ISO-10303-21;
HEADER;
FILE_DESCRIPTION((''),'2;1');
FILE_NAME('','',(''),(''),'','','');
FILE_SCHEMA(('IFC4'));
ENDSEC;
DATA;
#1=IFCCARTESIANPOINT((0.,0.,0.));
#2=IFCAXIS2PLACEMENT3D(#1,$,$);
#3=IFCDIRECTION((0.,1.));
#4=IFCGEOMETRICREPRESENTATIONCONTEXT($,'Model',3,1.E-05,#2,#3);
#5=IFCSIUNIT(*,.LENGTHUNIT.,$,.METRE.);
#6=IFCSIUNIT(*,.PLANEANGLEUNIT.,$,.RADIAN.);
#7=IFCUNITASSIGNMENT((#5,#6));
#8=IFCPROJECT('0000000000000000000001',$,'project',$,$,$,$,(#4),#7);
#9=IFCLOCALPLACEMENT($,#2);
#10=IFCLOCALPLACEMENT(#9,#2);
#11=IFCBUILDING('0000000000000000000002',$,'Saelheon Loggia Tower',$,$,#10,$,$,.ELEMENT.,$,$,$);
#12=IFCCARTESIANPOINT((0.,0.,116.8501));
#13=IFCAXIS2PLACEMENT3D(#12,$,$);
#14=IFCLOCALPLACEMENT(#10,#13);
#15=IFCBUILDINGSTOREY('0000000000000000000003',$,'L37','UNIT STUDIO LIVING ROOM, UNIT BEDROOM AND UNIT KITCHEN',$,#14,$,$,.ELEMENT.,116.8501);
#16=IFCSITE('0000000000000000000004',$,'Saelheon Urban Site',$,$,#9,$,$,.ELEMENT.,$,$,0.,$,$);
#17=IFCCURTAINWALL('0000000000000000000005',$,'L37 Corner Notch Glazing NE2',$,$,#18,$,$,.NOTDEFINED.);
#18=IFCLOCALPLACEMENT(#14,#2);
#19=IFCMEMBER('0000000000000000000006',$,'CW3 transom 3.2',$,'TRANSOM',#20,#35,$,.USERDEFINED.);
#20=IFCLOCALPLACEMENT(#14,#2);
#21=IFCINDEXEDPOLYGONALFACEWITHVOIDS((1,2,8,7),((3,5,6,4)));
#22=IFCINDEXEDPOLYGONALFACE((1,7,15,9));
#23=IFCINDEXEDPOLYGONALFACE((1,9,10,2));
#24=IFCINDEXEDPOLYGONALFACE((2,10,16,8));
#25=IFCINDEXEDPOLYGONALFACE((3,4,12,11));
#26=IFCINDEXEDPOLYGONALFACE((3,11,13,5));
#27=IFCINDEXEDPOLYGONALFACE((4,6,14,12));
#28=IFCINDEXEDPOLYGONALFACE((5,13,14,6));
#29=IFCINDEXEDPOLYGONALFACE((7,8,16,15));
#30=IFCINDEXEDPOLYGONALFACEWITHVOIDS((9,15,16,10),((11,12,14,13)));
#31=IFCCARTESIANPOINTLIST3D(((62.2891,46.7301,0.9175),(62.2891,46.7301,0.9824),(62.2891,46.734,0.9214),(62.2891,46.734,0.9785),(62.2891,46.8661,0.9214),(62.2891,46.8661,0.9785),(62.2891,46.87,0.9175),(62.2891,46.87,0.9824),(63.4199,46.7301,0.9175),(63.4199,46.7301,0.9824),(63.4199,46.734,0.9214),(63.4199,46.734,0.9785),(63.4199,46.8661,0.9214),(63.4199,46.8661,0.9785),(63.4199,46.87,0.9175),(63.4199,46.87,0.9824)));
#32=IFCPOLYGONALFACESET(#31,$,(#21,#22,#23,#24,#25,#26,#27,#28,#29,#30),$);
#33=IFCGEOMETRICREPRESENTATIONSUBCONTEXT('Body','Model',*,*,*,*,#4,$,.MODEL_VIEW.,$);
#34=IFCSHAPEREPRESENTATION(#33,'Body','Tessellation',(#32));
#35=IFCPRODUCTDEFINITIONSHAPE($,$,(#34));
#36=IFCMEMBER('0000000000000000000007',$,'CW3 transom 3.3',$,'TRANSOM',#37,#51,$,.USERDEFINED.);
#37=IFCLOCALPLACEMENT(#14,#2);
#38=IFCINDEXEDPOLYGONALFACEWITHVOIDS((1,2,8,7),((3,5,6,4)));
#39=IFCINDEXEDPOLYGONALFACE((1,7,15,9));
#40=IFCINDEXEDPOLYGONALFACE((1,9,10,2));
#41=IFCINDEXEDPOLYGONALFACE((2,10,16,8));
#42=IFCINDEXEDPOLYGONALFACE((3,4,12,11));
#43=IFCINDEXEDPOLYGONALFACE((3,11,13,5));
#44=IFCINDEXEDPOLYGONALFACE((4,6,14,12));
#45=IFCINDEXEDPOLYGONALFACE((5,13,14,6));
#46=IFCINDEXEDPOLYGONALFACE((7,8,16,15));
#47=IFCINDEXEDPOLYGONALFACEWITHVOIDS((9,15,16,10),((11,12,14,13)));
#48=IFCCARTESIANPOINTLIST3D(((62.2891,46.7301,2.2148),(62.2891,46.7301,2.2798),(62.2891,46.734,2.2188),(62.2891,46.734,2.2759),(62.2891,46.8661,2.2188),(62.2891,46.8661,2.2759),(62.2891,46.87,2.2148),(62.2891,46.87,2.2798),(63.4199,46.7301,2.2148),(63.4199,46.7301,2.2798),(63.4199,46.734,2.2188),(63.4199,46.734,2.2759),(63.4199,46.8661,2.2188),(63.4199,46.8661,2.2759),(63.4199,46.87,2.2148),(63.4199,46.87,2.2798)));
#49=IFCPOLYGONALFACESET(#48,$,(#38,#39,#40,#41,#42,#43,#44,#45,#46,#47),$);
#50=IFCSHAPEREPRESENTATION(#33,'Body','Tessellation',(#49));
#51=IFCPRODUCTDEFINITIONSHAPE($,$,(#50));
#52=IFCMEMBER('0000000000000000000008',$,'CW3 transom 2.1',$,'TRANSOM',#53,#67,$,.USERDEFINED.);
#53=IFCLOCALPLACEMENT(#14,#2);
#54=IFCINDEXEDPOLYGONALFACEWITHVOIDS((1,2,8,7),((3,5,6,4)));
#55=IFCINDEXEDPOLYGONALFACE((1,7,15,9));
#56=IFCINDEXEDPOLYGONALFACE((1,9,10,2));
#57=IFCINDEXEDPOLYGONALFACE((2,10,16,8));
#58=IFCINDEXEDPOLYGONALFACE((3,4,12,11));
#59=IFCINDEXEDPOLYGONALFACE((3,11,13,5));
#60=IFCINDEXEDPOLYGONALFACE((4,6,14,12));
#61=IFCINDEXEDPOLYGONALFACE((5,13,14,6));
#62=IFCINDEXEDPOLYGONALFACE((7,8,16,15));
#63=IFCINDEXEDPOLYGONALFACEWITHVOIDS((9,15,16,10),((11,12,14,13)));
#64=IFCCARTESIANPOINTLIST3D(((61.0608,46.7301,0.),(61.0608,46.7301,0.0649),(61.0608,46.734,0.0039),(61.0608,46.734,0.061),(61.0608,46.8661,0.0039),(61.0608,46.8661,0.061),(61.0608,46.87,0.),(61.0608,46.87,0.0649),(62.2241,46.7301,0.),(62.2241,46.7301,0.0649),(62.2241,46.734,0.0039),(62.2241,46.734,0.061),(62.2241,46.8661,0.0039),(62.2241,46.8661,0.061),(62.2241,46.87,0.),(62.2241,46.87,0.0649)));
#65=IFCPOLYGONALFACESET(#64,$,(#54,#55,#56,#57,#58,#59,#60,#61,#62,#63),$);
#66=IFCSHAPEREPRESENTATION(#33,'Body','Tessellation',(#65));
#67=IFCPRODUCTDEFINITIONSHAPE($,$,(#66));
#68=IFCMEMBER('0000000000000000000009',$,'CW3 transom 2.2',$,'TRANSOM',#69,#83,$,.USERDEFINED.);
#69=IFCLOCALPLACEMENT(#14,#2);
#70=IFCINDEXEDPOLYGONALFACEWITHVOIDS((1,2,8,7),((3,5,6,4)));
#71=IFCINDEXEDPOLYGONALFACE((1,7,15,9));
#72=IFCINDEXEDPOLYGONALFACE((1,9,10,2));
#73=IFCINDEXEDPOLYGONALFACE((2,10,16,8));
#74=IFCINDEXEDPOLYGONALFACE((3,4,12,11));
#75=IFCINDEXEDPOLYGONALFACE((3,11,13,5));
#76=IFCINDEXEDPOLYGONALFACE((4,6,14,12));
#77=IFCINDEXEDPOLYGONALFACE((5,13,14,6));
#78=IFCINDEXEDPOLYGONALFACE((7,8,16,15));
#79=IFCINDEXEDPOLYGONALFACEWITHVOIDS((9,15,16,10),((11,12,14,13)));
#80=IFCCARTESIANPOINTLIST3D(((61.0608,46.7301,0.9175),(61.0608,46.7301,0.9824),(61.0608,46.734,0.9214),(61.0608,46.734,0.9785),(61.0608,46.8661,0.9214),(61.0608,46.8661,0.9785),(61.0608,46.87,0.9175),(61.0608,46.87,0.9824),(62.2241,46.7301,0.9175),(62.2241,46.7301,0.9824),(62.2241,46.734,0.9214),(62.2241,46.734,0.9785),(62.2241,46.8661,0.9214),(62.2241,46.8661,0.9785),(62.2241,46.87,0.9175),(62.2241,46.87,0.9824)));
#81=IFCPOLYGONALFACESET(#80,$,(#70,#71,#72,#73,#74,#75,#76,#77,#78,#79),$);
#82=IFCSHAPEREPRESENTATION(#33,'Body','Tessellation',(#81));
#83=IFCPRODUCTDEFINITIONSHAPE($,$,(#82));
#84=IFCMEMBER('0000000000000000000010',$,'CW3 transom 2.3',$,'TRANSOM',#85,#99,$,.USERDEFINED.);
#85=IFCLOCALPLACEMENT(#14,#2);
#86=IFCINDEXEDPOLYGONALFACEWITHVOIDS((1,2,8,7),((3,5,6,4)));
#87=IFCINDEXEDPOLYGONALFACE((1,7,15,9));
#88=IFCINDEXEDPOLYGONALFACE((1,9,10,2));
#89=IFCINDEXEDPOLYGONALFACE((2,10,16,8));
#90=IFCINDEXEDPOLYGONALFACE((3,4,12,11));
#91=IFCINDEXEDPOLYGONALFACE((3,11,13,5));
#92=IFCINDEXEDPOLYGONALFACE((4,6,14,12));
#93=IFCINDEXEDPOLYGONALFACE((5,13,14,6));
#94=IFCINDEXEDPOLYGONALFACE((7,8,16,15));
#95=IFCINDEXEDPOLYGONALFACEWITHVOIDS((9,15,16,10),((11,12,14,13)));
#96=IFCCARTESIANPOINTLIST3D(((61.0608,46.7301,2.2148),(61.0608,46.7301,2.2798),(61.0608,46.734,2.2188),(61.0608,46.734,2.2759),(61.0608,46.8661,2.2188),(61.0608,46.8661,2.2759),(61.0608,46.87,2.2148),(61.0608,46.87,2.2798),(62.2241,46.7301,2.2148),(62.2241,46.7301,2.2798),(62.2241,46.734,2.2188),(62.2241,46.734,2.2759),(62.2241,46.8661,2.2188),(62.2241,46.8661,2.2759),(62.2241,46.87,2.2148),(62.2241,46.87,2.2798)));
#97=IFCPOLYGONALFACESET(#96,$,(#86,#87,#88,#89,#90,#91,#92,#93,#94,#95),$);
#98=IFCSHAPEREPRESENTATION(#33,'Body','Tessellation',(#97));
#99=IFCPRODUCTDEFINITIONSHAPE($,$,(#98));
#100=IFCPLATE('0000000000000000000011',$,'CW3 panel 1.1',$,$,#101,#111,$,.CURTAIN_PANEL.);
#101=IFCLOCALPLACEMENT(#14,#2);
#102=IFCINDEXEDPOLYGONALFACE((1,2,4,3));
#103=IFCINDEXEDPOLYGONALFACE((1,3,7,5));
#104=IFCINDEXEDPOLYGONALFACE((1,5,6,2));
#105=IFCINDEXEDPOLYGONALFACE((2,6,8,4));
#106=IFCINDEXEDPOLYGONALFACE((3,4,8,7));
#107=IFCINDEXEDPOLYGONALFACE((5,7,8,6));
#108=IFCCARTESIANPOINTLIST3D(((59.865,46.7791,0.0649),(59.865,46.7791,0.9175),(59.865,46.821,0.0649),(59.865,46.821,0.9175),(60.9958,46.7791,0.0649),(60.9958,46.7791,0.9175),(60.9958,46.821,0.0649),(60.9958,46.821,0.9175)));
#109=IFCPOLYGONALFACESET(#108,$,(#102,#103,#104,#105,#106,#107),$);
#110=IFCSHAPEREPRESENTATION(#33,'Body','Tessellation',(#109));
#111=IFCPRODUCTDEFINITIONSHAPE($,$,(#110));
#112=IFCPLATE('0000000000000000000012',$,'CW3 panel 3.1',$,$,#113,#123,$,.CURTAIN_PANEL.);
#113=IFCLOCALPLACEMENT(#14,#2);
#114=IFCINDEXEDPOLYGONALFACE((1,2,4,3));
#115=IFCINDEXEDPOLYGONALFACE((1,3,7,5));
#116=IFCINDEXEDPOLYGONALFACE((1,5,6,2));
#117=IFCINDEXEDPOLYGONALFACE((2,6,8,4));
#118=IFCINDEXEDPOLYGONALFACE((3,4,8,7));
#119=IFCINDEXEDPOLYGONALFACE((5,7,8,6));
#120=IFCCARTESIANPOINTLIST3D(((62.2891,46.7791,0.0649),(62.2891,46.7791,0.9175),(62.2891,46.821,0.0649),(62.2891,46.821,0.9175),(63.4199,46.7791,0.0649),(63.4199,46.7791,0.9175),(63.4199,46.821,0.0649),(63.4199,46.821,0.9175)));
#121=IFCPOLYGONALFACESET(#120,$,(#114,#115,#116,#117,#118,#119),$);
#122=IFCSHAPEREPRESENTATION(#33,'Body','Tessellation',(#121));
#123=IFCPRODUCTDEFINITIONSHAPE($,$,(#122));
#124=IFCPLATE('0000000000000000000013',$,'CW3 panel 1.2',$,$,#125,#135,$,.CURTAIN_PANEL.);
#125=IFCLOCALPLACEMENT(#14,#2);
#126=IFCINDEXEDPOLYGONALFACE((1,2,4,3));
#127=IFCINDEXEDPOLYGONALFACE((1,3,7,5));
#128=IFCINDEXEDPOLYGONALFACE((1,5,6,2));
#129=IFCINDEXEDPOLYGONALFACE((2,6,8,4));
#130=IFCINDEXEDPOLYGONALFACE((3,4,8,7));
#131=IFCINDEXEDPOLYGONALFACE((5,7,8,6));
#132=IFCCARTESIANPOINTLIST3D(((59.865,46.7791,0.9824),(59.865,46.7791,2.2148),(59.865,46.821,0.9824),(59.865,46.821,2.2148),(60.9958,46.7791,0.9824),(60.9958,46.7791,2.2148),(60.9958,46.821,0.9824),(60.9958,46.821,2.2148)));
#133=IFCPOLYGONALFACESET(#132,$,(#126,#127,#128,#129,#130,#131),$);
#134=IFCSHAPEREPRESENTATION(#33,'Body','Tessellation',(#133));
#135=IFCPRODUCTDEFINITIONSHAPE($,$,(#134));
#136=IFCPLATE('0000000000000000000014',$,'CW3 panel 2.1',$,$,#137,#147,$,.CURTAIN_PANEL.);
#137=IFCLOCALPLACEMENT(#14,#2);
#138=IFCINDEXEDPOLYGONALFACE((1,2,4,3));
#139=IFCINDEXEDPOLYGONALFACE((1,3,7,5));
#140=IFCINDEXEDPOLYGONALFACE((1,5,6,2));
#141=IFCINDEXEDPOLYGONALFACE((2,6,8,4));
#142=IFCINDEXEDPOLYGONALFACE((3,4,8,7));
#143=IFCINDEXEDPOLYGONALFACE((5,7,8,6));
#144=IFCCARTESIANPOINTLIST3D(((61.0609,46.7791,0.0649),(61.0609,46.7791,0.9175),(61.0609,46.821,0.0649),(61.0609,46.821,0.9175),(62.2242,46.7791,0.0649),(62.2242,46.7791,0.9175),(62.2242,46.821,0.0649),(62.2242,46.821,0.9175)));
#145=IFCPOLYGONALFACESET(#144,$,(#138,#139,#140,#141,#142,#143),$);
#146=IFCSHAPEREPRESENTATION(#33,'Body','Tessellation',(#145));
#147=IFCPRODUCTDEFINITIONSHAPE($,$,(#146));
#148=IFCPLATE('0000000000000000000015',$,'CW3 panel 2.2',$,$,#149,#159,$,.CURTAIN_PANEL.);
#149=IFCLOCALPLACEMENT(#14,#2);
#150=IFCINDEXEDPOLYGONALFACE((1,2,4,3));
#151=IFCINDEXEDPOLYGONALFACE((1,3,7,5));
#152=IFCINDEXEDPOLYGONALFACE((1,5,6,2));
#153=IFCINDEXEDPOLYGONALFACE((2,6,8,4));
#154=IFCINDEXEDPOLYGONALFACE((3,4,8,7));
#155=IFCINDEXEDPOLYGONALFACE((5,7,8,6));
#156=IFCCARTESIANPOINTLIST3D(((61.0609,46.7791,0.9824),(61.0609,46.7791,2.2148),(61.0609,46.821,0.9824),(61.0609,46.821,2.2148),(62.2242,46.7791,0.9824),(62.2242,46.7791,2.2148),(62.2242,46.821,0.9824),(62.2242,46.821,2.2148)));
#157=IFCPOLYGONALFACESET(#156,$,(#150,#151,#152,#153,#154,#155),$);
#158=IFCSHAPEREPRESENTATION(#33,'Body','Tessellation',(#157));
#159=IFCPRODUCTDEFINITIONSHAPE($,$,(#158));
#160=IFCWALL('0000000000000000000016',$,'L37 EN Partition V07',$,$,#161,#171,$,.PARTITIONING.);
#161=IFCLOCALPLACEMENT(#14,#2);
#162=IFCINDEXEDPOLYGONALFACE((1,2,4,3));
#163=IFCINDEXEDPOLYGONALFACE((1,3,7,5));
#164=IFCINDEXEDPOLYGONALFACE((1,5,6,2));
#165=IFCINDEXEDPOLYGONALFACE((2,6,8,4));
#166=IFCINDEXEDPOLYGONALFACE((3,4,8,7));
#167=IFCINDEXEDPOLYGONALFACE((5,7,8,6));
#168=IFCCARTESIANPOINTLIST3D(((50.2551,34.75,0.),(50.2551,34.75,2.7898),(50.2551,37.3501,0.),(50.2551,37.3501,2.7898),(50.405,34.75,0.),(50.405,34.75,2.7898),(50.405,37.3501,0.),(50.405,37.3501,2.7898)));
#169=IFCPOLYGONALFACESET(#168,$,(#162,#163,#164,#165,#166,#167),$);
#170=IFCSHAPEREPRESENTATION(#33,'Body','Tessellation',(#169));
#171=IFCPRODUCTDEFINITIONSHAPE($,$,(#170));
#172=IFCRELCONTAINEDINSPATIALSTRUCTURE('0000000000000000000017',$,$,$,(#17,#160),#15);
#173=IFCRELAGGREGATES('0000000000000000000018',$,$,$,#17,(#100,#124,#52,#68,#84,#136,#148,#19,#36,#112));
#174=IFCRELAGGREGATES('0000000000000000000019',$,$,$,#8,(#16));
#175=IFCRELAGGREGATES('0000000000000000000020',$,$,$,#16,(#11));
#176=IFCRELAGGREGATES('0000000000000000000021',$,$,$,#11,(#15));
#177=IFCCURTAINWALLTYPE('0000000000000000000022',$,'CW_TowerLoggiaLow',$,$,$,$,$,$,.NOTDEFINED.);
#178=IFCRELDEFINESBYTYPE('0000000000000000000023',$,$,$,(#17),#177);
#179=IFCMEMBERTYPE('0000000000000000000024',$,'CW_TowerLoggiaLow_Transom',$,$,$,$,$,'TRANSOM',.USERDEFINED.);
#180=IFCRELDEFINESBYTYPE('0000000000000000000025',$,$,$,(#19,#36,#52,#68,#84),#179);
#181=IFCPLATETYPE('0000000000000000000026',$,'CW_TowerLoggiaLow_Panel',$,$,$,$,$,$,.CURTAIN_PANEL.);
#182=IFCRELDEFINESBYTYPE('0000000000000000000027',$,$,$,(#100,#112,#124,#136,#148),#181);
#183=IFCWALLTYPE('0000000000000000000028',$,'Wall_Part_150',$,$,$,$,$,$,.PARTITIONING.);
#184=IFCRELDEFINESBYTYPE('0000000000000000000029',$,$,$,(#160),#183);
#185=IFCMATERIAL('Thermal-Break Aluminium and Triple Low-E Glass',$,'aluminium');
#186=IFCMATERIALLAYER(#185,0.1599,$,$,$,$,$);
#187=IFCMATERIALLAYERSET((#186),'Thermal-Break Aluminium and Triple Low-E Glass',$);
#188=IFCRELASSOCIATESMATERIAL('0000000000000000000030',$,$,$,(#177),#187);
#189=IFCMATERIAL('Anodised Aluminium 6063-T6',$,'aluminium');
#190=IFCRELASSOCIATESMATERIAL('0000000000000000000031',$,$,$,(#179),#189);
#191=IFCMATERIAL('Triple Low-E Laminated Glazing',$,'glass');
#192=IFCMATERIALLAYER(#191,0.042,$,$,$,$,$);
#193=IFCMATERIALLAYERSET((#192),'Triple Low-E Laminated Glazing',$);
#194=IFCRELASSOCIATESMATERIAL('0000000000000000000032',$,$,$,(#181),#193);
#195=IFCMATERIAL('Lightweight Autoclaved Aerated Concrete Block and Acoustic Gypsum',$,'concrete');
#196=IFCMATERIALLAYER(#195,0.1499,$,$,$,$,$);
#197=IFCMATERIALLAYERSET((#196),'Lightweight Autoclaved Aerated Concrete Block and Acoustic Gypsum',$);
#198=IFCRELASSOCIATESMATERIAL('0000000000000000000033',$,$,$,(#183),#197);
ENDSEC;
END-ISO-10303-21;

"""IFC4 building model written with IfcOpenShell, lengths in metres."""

from ifc_helpers import new_model, si_unit, direction, frame, frame_2d, origin, origin_2d, place, context, subcontext, project, spatial, rectangle, hollow_rectangle, extrude, source, transform, mapped, material, layer, layer_set, material_profile, profile_set, type_object, element, aggregate, save


model = new_model("IFC4")

# Units and contexts
model_context = context("Model", 3, precision=1e-05, world=origin(), true_north=direction((0.0, 1.0)))
body_context = subcontext(model_context, "Body", "Model", "MODEL_VIEW")
ifc_project = project(units=[si_unit("LENGTHUNIT", "METRE"), si_unit("PLANEANGLEUNIT", "RADIAN")], contexts=[model_context])

# Site, building, storey
site_placement = place(None, origin())
site = spatial("IfcSite", under=ifc_project, at=site_placement, Name="Saelheon Urban Site", CompositionType="ELEMENT", RefElevation=0.0)
building_placement = place(site_placement, origin())
building = spatial("IfcBuilding", under=site, at=building_placement, Name="Saelheon Loggia Tower", CompositionType="ELEMENT")
storey_placement = place(building_placement, frame((0.0, 0.0, 116.8501)))
storey = spatial("IfcBuildingStorey", under=building, at=storey_placement, Name="L37", Description="UNIT STUDIO LIVING ROOM, UNIT BEDROOM AND UNIT KITCHEN", CompositionType="ELEMENT", Elevation=116.8501)

# Curtain wall, members, plates
ifc_material_1 = material(Name="Thermal-Break Aluminium and Triple Low-E Glass", Category="aluminium")
ifc_layer_1 = layer(ifc_material_1, 0.1599)
ifc_layer_set_1 = layer_set([ifc_layer_1], Name="Thermal-Break Aluminium and Triple Low-E Glass")
curtain_wall_type = type_object("IfcCurtainWallType", Name="CW_TowerLoggiaLow", PredefinedType="NOTDEFINED", material=ifc_layer_set_1)
curtain_wall_placement = place(storey_placement, origin())
curtain_wall = element("IfcCurtainWall", 1, at=curtain_wall_placement, inside=storey, type_object=curtain_wall_type, Name="L37 Corner Notch Glazing NE2", PredefinedType="NOTDEFINED")
ifc_material_2 = material(Name="Anodised Aluminium 6063-T6", Category="aluminium")
ifc_material_profile_1 = material_profile(ifc_material_2, hollow_rectangle(XDim=0.0649, YDim=0.1399, WallThickness=0.0039, at=origin_2d()), Name="RHS-140x65x4")
ifc_profile_set_1 = profile_set([ifc_material_profile_1], Name="Anodised Aluminium 6063-T6")
member_type_1 = type_object("IfcMemberType", Name="CW_TowerLoggiaLow_Transom", ElementType="TRANSOM", PredefinedType="USERDEFINED", material=ifc_profile_set_1)
shared_shape_1 = source(origin(), body_context, "Body", "SweptSolid", [
    extrude(hollow_rectangle(XDim=0.0649, YDim=0.1399, WallThickness=0.0039, at=origin_2d()), origin(), (0.0, 0.0, 1.0), 1.1309),
])
member_1_placement = place(storey_placement, frame((62.2891, 46.8, 0.95), z_axis=(1.0, 0.0, 0.0), x_axis=(0.0, 0.0, 1.0)))
member_1 = element("IfcMember", 2, at=member_1_placement, type_object=member_type_1, Name="CW3 transom 3.2", ObjectType="TRANSOM", PredefinedType="USERDEFINED", context=body_context, shape_type="MappedRepresentation", body=[
    mapped(shared_shape_1, transform((0.0, 0.0, 0.0), scale=1.0)),
])
member_2_placement = place(storey_placement, frame((62.2891, 46.8, 2.2473), z_axis=(1.0, 0.0, 0.0), x_axis=(0.0, 0.0, 1.0)))
member_2 = element("IfcMember", 3, at=member_2_placement, type_object=member_type_1, Name="CW3 transom 3.3", ObjectType="TRANSOM", PredefinedType="USERDEFINED", context=body_context, shape_type="MappedRepresentation", body=[
    mapped(shared_shape_1, transform((0.0, 0.0, 0.0), scale=1.0)),
])
shared_shape_2 = source(origin(), body_context, "Body", "SweptSolid", [
    extrude(hollow_rectangle(XDim=0.0649, YDim=0.1399, WallThickness=0.0039, at=origin_2d()), origin(), (0.0, 0.0, 1.0), 1.1633),
])
member_3_placement = place(storey_placement, frame((61.0608, 46.8, 0.0325), z_axis=(1.0, 0.0, 0.0), x_axis=(0.0, 0.0, 1.0)))
member_3 = element("IfcMember", 4, at=member_3_placement, type_object=member_type_1, Name="CW3 transom 2.1", ObjectType="TRANSOM", PredefinedType="USERDEFINED", context=body_context, shape_type="MappedRepresentation", body=[
    mapped(shared_shape_2, transform((0.0, 0.0, 0.0), scale=1.0)),
])
member_4_placement = place(storey_placement, frame((61.0608, 46.8, 0.95), z_axis=(1.0, 0.0, 0.0), x_axis=(0.0, 0.0, 1.0)))
member_4 = element("IfcMember", 5, at=member_4_placement, type_object=member_type_1, Name="CW3 transom 2.2", ObjectType="TRANSOM", PredefinedType="USERDEFINED", context=body_context, shape_type="MappedRepresentation", body=[
    mapped(shared_shape_2, transform((0.0, 0.0, 0.0), scale=1.0)),
])
member_5_placement = place(storey_placement, frame((61.0608, 46.8, 2.2473), z_axis=(1.0, 0.0, 0.0), x_axis=(0.0, 0.0, 1.0)))
member_5 = element("IfcMember", 6, at=member_5_placement, type_object=member_type_1, Name="CW3 transom 2.3", ObjectType="TRANSOM", PredefinedType="USERDEFINED", context=body_context, shape_type="MappedRepresentation", body=[
    mapped(shared_shape_2, transform((0.0, 0.0, 0.0), scale=1.0)),
])
ifc_material_3 = material(Name="Triple Low-E Laminated Glazing", Category="glass")
ifc_layer_2 = layer(ifc_material_3, 0.042)
ifc_layer_set_2 = layer_set([ifc_layer_2], Name="Triple Low-E Laminated Glazing")
plate_type = type_object("IfcPlateType", Name="CW_TowerLoggiaLow_Panel", PredefinedType="CURTAIN_PANEL", material=ifc_layer_set_2)
shared_shape_3 = source(origin(), body_context, "Body", "SweptSolid", [
    extrude(rectangle(XDim=1.1309, YDim=0.042, at=origin_2d()), origin(), (0.0, 0.0, 1.0), 0.8525),
])
plate_1_placement = place(storey_placement, frame((60.4304, 46.8, 0.0649), z_axis=(0.0, 0.0, 1.0), x_axis=(1.0, 0.0, 0.0)))
plate_1 = element("IfcPlate", 7, at=plate_1_placement, type_object=plate_type, Name="CW3 panel 1.1", PredefinedType="CURTAIN_PANEL", context=body_context, shape_type="MappedRepresentation", body=[
    mapped(shared_shape_3, transform((0.0, 0.0, 0.0), scale=1.0)),
])
plate_2_placement = place(storey_placement, frame((62.8545, 46.8, 0.0649), z_axis=(0.0, 0.0, 1.0), x_axis=(1.0, 0.0, 0.0)))
plate_2 = element("IfcPlate", 8, at=plate_2_placement, type_object=plate_type, Name="CW3 panel 3.1", PredefinedType="CURTAIN_PANEL", context=body_context, shape_type="MappedRepresentation", body=[
    mapped(shared_shape_3, transform((0.0, 0.0, 0.0), scale=1.0)),
])
shared_shape_4 = source(origin(), body_context, "Body", "SweptSolid", [
    extrude(rectangle(XDim=1.1309, YDim=0.042, at=origin_2d()), origin(), (0.0, 0.0, 1.0), 1.2324),
])
plate_3_placement = place(storey_placement, frame((60.4304, 46.8, 0.9824), z_axis=(0.0, 0.0, 1.0), x_axis=(1.0, 0.0, 0.0)))
plate_3 = element("IfcPlate", 9, at=plate_3_placement, type_object=plate_type, Name="CW3 panel 1.2", PredefinedType="CURTAIN_PANEL", context=body_context, shape_type="MappedRepresentation", body=[
    mapped(shared_shape_4, transform((0.0, 0.0, 0.0), scale=1.0)),
])
shared_shape_5 = source(origin(), body_context, "Body", "SweptSolid", [
    extrude(rectangle(XDim=1.1633, YDim=0.042, at=origin_2d()), origin(), (0.0, 0.0, 1.0), 0.8525),
])
plate_4_placement = place(storey_placement, frame((61.6426, 46.8, 0.0649), z_axis=(0.0, 0.0, 1.0), x_axis=(1.0, 0.0, 0.0)))
plate_4 = element("IfcPlate", 10, at=plate_4_placement, type_object=plate_type, Name="CW3 panel 2.1", PredefinedType="CURTAIN_PANEL", context=body_context, shape_type="MappedRepresentation", body=[
    mapped(shared_shape_5, transform((0.0, 0.0, 0.0), scale=1.0)),
])
shared_shape_6 = source(origin(), body_context, "Body", "SweptSolid", [
    extrude(rectangle(XDim=1.1633, YDim=0.042, at=origin_2d()), origin(), (0.0, 0.0, 1.0), 1.2324),
])
plate_5_placement = place(storey_placement, frame((61.6426, 46.8, 0.9824), z_axis=(0.0, 0.0, 1.0), x_axis=(1.0, 0.0, 0.0)))
plate_5 = element("IfcPlate", 11, at=plate_5_placement, type_object=plate_type, Name="CW3 panel 2.2", PredefinedType="CURTAIN_PANEL", context=body_context, shape_type="MappedRepresentation", body=[
    mapped(shared_shape_6, transform((0.0, 0.0, 0.0), scale=1.0)),
])
aggregate(curtain_wall, [plate_1, plate_3, member_3, member_4, member_5, plate_4, plate_5, member_1, member_2, plate_2])

# Wall
ifc_material_4 = material(Name="Lightweight Autoclaved Aerated Concrete Block and Acoustic Gypsum", Category="concrete")
ifc_layer_3 = layer(ifc_material_4, 0.1499)
ifc_layer_set_3 = layer_set([ifc_layer_3], Name="Lightweight Autoclaved Aerated Concrete Block and Acoustic Gypsum")
wall_type = type_object("IfcWallType", Name="Wall_Part_150", PredefinedType="PARTITIONING", material=ifc_layer_set_3)
wall_1_placement = place(storey_placement, frame((50.3301, 34.75, 0.0), z_axis=(0.0, 0.0, 1.0), x_axis=(0.0, 1.0, 0.0)))
element("IfcWall", 12, at=wall_1_placement, inside=storey, type_object=wall_type, Name="L37 EN Partition V07", PredefinedType="PARTITIONING", context=body_context, shape_type="SweptSolid", body=[
    extrude(rectangle(XDim=2.6001, YDim=0.1499, at=frame_2d((1.3, 0.0))), origin(), (0.0, 0.0, 1.0), 2.7898),
])

save(model, "model.ifc")
